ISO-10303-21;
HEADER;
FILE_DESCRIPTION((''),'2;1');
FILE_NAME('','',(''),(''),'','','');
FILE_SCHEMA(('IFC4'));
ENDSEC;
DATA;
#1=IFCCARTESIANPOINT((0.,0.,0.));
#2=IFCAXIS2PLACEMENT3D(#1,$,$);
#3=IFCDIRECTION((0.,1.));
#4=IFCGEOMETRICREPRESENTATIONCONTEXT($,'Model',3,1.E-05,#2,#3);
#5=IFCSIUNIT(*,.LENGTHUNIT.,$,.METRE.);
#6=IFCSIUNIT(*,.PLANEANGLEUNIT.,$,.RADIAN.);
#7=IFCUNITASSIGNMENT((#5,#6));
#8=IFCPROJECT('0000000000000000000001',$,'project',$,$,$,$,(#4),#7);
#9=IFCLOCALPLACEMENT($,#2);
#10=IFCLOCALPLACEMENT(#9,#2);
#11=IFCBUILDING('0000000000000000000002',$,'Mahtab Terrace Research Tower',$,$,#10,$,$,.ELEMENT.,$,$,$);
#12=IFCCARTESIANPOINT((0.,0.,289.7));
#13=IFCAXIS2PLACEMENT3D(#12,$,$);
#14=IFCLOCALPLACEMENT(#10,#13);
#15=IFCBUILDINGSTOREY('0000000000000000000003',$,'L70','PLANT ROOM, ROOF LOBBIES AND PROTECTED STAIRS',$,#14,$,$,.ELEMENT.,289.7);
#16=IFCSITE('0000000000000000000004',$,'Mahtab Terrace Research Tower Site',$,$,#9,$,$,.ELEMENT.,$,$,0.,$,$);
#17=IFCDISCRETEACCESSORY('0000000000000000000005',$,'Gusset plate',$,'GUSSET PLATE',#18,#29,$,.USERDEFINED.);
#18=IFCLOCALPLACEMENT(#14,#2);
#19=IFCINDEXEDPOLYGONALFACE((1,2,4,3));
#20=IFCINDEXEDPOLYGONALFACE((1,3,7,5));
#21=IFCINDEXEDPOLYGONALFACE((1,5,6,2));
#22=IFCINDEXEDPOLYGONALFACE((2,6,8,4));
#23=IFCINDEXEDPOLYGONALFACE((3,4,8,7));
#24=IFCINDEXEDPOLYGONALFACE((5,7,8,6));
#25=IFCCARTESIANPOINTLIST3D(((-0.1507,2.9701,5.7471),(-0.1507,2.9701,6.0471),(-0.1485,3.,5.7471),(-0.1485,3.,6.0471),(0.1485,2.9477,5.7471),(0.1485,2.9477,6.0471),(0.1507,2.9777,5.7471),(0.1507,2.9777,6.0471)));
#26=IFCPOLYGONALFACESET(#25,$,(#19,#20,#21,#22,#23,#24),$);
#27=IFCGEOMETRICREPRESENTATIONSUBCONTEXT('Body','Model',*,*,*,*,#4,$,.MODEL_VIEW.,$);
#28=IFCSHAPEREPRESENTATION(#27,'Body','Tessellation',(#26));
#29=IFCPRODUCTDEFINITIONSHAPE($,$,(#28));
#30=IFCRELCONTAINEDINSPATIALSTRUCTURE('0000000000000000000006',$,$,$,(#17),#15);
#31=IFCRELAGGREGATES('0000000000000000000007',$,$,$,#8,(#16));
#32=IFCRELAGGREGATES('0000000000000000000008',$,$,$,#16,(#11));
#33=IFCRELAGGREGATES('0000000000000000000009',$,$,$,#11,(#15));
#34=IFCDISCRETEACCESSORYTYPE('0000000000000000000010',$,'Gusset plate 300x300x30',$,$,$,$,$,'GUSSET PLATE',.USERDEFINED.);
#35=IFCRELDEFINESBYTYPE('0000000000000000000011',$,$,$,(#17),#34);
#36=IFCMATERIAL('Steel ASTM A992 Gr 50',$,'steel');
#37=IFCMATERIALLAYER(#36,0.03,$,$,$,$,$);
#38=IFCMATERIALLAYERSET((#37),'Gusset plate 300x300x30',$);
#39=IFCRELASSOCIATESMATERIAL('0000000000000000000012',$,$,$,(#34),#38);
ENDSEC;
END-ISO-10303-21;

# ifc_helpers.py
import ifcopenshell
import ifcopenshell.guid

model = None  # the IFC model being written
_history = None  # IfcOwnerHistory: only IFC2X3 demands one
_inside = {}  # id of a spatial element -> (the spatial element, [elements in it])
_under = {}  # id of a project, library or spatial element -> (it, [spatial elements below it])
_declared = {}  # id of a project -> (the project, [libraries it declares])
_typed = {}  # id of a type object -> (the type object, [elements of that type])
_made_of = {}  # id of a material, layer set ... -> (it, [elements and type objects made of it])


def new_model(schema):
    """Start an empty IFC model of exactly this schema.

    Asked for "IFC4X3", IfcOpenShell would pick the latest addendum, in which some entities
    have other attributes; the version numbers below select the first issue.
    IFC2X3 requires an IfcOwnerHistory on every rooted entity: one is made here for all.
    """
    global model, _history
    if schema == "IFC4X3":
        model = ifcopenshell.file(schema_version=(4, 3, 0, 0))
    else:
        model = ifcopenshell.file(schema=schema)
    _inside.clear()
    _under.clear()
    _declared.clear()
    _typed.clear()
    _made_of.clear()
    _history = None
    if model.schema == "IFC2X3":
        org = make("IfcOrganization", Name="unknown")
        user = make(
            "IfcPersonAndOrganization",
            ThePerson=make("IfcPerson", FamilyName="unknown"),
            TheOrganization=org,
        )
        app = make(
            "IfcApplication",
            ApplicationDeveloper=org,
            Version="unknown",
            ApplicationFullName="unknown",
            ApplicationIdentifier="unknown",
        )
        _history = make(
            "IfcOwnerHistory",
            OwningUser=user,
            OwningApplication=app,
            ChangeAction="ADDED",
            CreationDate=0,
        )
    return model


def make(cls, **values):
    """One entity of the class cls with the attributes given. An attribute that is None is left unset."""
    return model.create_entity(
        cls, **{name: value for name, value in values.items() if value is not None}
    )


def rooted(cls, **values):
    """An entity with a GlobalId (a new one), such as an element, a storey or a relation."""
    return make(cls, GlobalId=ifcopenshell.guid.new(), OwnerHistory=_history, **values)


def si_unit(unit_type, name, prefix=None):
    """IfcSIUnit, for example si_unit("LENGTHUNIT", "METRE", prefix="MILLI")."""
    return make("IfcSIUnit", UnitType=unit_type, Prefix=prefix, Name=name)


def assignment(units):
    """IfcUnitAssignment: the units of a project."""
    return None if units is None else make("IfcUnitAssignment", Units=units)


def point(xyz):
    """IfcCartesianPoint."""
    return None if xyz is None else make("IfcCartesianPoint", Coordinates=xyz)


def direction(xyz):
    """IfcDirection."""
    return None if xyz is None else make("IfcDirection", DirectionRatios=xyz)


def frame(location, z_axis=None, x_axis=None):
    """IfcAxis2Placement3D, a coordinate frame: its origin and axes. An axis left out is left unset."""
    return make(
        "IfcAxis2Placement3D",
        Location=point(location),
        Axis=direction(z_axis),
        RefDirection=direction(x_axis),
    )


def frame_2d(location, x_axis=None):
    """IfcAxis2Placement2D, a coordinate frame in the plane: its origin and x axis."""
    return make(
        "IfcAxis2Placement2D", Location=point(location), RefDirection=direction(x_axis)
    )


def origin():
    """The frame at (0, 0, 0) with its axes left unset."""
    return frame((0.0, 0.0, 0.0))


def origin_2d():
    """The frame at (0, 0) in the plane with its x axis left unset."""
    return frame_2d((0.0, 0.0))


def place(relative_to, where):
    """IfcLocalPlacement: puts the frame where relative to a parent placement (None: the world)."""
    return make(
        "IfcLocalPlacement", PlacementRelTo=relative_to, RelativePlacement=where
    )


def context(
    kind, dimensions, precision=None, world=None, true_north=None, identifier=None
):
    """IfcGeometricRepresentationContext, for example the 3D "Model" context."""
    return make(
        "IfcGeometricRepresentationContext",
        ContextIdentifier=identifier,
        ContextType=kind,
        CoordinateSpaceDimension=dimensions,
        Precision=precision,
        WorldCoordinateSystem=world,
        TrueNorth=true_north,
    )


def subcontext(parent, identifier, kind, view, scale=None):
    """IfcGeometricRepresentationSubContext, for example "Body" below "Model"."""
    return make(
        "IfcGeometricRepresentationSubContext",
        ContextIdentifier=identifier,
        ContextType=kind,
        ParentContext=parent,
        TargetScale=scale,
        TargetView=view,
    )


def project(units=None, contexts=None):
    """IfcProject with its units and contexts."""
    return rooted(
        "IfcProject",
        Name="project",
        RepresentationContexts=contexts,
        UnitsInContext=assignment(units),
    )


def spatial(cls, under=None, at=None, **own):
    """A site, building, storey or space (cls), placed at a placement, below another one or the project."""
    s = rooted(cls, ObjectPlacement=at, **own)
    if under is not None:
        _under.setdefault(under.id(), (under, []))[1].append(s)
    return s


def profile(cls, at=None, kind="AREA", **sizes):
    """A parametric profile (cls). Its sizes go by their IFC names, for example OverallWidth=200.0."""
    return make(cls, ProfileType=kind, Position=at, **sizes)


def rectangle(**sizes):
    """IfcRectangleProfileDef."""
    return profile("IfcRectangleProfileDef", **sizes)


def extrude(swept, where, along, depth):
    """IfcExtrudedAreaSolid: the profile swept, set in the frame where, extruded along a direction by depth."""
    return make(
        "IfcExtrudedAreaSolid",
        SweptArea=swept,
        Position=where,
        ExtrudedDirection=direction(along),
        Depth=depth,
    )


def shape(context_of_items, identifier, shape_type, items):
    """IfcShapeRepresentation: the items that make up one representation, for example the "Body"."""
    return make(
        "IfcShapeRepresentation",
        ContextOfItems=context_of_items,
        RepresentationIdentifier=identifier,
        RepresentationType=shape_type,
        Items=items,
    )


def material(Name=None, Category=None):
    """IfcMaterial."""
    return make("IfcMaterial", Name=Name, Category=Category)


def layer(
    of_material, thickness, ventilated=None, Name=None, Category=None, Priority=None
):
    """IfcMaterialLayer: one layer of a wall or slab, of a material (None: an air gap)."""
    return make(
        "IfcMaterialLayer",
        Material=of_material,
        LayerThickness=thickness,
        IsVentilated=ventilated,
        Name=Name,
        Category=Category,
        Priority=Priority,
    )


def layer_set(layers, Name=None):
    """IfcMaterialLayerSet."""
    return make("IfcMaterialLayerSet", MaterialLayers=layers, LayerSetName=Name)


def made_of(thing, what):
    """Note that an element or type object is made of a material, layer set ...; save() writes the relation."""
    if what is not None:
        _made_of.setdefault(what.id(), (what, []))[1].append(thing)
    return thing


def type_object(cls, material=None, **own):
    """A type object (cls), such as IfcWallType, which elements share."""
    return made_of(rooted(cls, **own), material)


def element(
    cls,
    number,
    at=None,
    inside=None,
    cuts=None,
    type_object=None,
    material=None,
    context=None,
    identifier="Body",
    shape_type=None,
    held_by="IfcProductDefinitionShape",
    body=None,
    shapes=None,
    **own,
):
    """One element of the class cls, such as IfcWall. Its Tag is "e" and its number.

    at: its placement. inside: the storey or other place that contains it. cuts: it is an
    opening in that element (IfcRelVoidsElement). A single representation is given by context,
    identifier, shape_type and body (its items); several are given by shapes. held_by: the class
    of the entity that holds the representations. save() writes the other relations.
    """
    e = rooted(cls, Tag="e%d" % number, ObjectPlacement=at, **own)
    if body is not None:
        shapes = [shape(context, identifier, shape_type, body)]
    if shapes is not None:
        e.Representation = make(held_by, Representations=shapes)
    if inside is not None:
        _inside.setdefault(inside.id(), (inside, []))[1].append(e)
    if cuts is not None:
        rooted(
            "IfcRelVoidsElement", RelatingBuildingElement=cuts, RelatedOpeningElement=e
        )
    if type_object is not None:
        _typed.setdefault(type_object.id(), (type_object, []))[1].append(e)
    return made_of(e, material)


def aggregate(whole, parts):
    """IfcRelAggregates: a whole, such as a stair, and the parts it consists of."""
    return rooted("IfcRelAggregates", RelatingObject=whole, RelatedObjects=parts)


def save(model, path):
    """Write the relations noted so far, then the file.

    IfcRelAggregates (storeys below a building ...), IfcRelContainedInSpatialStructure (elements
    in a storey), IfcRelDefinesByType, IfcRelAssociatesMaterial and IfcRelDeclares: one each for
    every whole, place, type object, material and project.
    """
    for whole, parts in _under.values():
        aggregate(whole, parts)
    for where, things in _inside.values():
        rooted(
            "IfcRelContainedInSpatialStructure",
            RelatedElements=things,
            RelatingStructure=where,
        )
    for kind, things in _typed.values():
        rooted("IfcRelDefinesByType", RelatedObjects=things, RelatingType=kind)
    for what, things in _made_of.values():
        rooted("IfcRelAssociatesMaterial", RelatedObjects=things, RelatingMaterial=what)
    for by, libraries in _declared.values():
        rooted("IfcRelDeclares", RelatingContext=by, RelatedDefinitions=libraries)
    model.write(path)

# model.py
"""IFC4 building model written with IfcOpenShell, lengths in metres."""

from ifc_helpers import new_model, si_unit, direction, frame, origin, origin_2d, place, context, subcontext, project, spatial, rectangle, extrude, material, layer, layer_set, type_object, element, save


model = new_model("IFC4")

# Units and contexts
model_context = context("Model", 3, precision=1e-05, world=origin(), true_north=direction((0.0, 1.0)))
body_context = subcontext(model_context, "Body", "Model", "MODEL_VIEW")
ifc_project = project(units=[si_unit("LENGTHUNIT", "METRE"), si_unit("PLANEANGLEUNIT", "RADIAN")], contexts=[model_context])

# Site, building, storey
site_placement = place(None, origin())
site = spatial("IfcSite", under=ifc_project, at=site_placement, Name="Mahtab Terrace Research Tower Site", CompositionType="ELEMENT", RefElevation=0.0)
building_placement = place(site_placement, origin())
building = spatial("IfcBuilding", under=site, at=building_placement, Name="Mahtab Terrace Research Tower", CompositionType="ELEMENT")
storey_placement = place(building_placement, frame((0.0, 0.0, 289.7)))
storey = spatial("IfcBuildingStorey", under=building, at=storey_placement, Name="L70", Description="PLANT ROOM, ROOF LOBBIES AND PROTECTED STAIRS", CompositionType="ELEMENT", Elevation=289.7)

# Discrete accessory
ifc_material_1 = material(Name="Steel ASTM A992 Gr 50", Category="steel")
ifc_layer_1 = layer(ifc_material_1, 0.03)
ifc_layer_set_1 = layer_set([ifc_layer_1], Name="Gusset plate 300x300x30")
discrete_accessory_type = type_object("IfcDiscreteAccessoryType", Name="Gusset plate 300x300x30", ElementType="GUSSET PLATE", PredefinedType="USERDEFINED", material=ifc_layer_set_1)
for number, where, z_axis, x_axis, name in (
    (1, (0.0, 2.9739, 5.7471), (0.0, 0.0, 1.0), (-0.997227, 0.074422, 0.0), "Gusset plate"),
):
    element("IfcDiscreteAccessory", number, at=place(storey_placement, frame(where, z_axis=z_axis, x_axis=x_axis)), inside=storey, type_object=discrete_accessory_type, Name=name, ObjectType="GUSSET PLATE", PredefinedType="USERDEFINED", context=body_context, shape_type="SweptSolid", body=[
        extrude(rectangle(XDim=0.3, YDim=0.03, at=origin_2d()), origin(), (0.0, 0.0, 1.0), 0.3),
    ])

save(model, "model.ifc")
